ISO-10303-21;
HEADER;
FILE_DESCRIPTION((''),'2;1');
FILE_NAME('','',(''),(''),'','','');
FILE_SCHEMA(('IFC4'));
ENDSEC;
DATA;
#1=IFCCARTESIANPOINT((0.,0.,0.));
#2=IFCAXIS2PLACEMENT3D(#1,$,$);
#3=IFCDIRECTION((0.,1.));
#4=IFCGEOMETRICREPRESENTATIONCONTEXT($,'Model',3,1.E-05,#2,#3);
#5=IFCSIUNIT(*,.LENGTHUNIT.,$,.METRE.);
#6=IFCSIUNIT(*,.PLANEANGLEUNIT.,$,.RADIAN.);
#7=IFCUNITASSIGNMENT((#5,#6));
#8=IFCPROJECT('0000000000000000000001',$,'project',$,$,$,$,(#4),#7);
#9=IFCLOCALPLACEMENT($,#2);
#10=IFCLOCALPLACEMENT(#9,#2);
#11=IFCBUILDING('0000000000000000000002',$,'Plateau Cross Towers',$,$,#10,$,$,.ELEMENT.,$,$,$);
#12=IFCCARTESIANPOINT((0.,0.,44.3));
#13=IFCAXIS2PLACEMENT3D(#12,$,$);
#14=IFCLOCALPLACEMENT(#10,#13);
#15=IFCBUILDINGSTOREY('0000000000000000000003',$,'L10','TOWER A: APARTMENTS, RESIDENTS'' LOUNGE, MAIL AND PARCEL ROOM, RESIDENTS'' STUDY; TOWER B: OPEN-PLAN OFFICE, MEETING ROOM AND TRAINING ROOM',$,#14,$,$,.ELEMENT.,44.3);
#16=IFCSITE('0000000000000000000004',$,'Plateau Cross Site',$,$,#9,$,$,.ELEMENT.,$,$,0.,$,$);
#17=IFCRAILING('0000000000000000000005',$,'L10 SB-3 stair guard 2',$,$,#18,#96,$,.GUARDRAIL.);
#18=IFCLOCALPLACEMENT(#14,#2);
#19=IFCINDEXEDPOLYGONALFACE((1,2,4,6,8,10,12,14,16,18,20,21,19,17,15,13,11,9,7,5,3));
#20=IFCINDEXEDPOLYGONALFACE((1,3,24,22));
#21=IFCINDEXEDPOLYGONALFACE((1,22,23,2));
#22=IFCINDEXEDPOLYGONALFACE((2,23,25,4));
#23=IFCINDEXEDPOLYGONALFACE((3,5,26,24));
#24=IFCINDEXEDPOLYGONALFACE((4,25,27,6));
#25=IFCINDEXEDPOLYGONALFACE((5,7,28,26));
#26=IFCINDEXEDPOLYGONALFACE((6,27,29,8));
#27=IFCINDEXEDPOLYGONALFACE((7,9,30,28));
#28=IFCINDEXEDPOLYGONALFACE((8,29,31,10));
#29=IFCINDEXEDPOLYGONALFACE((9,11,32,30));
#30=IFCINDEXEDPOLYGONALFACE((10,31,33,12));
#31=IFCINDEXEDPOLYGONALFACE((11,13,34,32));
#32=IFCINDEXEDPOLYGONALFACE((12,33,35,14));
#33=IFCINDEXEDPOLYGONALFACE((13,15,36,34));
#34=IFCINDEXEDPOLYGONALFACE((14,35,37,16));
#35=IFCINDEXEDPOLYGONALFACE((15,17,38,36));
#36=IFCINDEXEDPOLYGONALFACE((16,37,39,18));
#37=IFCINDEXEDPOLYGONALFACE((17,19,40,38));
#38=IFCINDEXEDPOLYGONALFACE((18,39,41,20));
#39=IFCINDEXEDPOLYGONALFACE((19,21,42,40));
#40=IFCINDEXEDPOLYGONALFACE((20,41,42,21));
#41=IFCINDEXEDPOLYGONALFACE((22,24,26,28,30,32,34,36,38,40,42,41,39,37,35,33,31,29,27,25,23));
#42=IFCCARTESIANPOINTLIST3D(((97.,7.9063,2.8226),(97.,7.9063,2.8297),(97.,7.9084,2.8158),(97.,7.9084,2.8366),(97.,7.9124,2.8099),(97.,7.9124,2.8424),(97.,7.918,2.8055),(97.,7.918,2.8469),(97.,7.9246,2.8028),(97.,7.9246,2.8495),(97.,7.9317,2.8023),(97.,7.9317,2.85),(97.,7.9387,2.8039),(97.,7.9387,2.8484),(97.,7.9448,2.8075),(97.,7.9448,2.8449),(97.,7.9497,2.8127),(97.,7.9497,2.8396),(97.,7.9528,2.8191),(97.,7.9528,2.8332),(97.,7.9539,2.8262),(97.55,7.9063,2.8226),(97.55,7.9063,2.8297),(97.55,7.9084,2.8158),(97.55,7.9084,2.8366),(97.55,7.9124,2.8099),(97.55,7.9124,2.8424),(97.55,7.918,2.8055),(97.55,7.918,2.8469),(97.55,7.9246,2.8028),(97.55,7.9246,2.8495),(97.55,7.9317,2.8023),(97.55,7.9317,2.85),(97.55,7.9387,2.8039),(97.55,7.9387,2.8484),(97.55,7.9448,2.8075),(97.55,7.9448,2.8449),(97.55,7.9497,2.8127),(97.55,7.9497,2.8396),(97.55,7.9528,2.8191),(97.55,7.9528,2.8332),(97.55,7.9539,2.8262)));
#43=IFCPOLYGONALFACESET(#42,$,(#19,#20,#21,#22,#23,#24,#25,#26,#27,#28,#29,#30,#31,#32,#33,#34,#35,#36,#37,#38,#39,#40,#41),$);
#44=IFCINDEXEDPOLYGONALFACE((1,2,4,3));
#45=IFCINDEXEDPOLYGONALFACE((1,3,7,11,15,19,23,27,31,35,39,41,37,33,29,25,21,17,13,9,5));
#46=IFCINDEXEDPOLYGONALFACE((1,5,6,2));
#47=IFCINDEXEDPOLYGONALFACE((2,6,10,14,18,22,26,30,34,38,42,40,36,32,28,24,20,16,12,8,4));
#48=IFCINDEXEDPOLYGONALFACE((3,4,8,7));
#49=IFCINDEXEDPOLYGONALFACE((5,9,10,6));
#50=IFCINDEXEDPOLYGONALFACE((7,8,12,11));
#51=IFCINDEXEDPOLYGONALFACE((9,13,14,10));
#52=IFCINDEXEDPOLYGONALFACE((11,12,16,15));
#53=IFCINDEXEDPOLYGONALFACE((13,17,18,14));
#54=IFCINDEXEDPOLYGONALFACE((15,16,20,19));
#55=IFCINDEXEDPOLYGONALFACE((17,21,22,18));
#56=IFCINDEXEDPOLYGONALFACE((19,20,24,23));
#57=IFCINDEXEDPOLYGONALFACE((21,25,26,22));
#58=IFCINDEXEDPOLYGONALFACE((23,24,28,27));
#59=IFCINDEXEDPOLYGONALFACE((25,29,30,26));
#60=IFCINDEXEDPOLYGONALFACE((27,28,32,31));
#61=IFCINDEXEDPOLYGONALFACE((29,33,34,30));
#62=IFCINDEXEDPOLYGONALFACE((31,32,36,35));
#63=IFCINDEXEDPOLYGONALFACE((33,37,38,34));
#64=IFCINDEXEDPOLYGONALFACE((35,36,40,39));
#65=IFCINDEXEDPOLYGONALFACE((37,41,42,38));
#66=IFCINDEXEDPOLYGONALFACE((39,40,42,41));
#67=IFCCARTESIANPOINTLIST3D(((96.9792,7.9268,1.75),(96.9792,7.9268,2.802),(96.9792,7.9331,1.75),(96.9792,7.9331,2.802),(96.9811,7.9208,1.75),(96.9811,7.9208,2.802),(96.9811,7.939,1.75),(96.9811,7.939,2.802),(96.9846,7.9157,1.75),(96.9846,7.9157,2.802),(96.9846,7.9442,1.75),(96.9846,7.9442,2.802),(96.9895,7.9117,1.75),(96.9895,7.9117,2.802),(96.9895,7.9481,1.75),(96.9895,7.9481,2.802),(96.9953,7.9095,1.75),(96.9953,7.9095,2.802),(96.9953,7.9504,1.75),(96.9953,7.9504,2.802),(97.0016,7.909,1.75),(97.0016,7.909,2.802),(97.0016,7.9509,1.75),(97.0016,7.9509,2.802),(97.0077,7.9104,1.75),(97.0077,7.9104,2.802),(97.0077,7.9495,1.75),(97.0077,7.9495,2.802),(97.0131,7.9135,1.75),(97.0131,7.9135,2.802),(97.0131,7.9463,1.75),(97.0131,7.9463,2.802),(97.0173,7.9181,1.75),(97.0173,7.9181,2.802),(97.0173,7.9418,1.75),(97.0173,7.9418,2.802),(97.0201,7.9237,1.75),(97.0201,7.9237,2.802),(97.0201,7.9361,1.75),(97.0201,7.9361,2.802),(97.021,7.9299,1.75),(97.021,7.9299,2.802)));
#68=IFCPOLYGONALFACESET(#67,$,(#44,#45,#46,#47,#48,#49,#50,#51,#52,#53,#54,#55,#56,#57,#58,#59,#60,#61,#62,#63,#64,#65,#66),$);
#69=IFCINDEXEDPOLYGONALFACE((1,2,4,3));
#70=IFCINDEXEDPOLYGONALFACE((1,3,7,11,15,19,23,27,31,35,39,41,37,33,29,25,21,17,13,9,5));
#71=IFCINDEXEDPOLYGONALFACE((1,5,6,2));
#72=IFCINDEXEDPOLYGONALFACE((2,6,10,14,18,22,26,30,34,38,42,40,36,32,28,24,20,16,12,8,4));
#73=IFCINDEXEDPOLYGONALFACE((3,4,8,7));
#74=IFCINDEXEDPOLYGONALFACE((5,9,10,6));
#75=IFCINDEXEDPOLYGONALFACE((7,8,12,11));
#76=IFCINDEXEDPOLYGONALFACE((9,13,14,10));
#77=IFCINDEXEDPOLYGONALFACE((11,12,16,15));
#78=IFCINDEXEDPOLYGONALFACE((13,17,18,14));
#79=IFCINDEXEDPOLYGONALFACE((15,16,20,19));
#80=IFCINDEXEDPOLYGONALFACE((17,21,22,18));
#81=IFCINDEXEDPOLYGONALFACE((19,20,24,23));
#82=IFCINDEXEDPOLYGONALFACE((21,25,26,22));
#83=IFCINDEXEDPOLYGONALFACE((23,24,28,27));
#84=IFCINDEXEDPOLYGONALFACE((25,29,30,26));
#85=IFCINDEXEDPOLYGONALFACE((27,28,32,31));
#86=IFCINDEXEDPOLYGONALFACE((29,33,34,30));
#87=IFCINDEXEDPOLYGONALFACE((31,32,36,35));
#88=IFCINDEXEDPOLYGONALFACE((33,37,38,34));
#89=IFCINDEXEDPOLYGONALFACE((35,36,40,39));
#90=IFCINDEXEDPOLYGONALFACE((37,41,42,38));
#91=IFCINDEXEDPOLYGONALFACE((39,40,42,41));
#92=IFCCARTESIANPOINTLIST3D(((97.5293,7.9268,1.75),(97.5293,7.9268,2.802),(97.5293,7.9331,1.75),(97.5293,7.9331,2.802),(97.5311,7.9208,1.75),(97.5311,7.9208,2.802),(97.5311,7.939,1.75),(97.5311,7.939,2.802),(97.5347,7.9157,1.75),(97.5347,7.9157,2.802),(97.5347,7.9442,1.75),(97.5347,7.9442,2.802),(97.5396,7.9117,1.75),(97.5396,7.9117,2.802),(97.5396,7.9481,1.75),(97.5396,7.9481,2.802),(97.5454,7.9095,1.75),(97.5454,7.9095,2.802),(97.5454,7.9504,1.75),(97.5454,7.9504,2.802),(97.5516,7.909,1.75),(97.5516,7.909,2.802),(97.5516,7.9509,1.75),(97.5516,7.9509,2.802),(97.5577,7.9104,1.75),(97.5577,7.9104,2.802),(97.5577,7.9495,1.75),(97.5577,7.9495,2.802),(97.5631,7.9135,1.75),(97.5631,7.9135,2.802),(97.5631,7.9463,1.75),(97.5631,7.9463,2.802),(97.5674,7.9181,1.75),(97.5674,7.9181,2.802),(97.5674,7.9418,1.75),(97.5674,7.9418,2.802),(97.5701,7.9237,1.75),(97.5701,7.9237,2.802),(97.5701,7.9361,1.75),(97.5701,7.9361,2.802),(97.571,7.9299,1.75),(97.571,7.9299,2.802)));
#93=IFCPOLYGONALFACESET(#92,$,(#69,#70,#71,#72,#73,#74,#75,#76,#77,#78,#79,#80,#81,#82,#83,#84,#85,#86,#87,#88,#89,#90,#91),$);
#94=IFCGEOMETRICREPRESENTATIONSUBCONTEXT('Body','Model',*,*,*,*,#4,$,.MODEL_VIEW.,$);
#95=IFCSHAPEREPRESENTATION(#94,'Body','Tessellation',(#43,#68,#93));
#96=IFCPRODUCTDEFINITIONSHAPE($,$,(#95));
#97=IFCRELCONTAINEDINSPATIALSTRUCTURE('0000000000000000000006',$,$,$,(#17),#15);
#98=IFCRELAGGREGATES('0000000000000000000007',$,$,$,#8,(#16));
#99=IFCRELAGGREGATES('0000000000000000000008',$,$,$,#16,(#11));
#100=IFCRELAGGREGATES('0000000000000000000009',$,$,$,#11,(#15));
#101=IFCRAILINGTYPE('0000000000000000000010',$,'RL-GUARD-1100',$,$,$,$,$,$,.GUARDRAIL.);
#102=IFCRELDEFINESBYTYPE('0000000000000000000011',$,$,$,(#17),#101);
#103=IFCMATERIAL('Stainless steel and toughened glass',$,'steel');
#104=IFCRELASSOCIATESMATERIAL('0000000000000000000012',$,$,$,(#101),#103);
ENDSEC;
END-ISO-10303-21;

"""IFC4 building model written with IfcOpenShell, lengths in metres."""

from ifc_helpers import new_model, si_unit, direction, frame, origin, origin_2d, place, context, subcontext, project, spatial, circle, extrude, material, type_object, element, save


model = new_model("IFC4")

# Units and contexts
model_context = context("Model", 3, precision=1e-05, world=origin(), true_north=direction((0.0, 1.0)))
body_context = subcontext(model_context, "Body", "Model", "MODEL_VIEW")
ifc_project = project(units=[si_unit("LENGTHUNIT", "METRE"), si_unit("PLANEANGLEUNIT", "RADIAN")], contexts=[model_context])

# Site, building, storey
site_placement = place(None, origin())
site = spatial("IfcSite", under=ifc_project, at=site_placement, Name="Plateau Cross Site", CompositionType="ELEMENT", RefElevation=0.0)
building_placement = place(site_placement, origin())
building = spatial("IfcBuilding", under=site, at=building_placement, Name="Plateau Cross Towers", CompositionType="ELEMENT")
storey_placement = place(building_placement, frame((0.0, 0.0, 44.3)))
storey = spatial("IfcBuildingStorey", under=building, at=storey_placement, Name="L10", Description="TOWER A: APARTMENTS, RESIDENTS' LOUNGE, MAIL AND PARCEL ROOM, RESIDENTS' STUDY; TOWER B: OPEN-PLAN OFFICE, MEETING ROOM AND TRAINING ROOM", CompositionType="ELEMENT", Elevation=44.3)

# Railing
ifc_material_1 = material(Name="Stainless steel and toughened glass", Category="steel")
railing_type_1 = type_object("IfcRailingType", Name="RL-GUARD-1100", PredefinedType="GUARDRAIL", material=ifc_material_1)
railing_1_placement = place(storey_placement, frame((97.0, 7.9299, 1.75)))
element("IfcRailing", 1, at=railing_1_placement, inside=storey, type_object=railing_type_1, Name="L10 SB-3 stair guard 2", PredefinedType="GUARDRAIL", context=body_context, shape_type="SweptSolid", body=[
    extrude(circle(Radius=0.0239, at=origin_2d()), frame((0.0, 0.0, 1.0762), z_axis=(1.0, 0.0, 0.0), x_axis=(0.0, 1.0, 0.0)), (0.0, 0.0, 1.0), 0.55),
    extrude(circle(Radius=0.021, at=origin_2d()), origin(), (0.0, 0.0, 1.0), 1.052),
    extrude(circle(Radius=0.021, at=origin_2d()), frame((0.55, 0.0, 0.0)), (0.0, 0.0, 1.0), 1.052),
])

save(model, "model.ifc")
